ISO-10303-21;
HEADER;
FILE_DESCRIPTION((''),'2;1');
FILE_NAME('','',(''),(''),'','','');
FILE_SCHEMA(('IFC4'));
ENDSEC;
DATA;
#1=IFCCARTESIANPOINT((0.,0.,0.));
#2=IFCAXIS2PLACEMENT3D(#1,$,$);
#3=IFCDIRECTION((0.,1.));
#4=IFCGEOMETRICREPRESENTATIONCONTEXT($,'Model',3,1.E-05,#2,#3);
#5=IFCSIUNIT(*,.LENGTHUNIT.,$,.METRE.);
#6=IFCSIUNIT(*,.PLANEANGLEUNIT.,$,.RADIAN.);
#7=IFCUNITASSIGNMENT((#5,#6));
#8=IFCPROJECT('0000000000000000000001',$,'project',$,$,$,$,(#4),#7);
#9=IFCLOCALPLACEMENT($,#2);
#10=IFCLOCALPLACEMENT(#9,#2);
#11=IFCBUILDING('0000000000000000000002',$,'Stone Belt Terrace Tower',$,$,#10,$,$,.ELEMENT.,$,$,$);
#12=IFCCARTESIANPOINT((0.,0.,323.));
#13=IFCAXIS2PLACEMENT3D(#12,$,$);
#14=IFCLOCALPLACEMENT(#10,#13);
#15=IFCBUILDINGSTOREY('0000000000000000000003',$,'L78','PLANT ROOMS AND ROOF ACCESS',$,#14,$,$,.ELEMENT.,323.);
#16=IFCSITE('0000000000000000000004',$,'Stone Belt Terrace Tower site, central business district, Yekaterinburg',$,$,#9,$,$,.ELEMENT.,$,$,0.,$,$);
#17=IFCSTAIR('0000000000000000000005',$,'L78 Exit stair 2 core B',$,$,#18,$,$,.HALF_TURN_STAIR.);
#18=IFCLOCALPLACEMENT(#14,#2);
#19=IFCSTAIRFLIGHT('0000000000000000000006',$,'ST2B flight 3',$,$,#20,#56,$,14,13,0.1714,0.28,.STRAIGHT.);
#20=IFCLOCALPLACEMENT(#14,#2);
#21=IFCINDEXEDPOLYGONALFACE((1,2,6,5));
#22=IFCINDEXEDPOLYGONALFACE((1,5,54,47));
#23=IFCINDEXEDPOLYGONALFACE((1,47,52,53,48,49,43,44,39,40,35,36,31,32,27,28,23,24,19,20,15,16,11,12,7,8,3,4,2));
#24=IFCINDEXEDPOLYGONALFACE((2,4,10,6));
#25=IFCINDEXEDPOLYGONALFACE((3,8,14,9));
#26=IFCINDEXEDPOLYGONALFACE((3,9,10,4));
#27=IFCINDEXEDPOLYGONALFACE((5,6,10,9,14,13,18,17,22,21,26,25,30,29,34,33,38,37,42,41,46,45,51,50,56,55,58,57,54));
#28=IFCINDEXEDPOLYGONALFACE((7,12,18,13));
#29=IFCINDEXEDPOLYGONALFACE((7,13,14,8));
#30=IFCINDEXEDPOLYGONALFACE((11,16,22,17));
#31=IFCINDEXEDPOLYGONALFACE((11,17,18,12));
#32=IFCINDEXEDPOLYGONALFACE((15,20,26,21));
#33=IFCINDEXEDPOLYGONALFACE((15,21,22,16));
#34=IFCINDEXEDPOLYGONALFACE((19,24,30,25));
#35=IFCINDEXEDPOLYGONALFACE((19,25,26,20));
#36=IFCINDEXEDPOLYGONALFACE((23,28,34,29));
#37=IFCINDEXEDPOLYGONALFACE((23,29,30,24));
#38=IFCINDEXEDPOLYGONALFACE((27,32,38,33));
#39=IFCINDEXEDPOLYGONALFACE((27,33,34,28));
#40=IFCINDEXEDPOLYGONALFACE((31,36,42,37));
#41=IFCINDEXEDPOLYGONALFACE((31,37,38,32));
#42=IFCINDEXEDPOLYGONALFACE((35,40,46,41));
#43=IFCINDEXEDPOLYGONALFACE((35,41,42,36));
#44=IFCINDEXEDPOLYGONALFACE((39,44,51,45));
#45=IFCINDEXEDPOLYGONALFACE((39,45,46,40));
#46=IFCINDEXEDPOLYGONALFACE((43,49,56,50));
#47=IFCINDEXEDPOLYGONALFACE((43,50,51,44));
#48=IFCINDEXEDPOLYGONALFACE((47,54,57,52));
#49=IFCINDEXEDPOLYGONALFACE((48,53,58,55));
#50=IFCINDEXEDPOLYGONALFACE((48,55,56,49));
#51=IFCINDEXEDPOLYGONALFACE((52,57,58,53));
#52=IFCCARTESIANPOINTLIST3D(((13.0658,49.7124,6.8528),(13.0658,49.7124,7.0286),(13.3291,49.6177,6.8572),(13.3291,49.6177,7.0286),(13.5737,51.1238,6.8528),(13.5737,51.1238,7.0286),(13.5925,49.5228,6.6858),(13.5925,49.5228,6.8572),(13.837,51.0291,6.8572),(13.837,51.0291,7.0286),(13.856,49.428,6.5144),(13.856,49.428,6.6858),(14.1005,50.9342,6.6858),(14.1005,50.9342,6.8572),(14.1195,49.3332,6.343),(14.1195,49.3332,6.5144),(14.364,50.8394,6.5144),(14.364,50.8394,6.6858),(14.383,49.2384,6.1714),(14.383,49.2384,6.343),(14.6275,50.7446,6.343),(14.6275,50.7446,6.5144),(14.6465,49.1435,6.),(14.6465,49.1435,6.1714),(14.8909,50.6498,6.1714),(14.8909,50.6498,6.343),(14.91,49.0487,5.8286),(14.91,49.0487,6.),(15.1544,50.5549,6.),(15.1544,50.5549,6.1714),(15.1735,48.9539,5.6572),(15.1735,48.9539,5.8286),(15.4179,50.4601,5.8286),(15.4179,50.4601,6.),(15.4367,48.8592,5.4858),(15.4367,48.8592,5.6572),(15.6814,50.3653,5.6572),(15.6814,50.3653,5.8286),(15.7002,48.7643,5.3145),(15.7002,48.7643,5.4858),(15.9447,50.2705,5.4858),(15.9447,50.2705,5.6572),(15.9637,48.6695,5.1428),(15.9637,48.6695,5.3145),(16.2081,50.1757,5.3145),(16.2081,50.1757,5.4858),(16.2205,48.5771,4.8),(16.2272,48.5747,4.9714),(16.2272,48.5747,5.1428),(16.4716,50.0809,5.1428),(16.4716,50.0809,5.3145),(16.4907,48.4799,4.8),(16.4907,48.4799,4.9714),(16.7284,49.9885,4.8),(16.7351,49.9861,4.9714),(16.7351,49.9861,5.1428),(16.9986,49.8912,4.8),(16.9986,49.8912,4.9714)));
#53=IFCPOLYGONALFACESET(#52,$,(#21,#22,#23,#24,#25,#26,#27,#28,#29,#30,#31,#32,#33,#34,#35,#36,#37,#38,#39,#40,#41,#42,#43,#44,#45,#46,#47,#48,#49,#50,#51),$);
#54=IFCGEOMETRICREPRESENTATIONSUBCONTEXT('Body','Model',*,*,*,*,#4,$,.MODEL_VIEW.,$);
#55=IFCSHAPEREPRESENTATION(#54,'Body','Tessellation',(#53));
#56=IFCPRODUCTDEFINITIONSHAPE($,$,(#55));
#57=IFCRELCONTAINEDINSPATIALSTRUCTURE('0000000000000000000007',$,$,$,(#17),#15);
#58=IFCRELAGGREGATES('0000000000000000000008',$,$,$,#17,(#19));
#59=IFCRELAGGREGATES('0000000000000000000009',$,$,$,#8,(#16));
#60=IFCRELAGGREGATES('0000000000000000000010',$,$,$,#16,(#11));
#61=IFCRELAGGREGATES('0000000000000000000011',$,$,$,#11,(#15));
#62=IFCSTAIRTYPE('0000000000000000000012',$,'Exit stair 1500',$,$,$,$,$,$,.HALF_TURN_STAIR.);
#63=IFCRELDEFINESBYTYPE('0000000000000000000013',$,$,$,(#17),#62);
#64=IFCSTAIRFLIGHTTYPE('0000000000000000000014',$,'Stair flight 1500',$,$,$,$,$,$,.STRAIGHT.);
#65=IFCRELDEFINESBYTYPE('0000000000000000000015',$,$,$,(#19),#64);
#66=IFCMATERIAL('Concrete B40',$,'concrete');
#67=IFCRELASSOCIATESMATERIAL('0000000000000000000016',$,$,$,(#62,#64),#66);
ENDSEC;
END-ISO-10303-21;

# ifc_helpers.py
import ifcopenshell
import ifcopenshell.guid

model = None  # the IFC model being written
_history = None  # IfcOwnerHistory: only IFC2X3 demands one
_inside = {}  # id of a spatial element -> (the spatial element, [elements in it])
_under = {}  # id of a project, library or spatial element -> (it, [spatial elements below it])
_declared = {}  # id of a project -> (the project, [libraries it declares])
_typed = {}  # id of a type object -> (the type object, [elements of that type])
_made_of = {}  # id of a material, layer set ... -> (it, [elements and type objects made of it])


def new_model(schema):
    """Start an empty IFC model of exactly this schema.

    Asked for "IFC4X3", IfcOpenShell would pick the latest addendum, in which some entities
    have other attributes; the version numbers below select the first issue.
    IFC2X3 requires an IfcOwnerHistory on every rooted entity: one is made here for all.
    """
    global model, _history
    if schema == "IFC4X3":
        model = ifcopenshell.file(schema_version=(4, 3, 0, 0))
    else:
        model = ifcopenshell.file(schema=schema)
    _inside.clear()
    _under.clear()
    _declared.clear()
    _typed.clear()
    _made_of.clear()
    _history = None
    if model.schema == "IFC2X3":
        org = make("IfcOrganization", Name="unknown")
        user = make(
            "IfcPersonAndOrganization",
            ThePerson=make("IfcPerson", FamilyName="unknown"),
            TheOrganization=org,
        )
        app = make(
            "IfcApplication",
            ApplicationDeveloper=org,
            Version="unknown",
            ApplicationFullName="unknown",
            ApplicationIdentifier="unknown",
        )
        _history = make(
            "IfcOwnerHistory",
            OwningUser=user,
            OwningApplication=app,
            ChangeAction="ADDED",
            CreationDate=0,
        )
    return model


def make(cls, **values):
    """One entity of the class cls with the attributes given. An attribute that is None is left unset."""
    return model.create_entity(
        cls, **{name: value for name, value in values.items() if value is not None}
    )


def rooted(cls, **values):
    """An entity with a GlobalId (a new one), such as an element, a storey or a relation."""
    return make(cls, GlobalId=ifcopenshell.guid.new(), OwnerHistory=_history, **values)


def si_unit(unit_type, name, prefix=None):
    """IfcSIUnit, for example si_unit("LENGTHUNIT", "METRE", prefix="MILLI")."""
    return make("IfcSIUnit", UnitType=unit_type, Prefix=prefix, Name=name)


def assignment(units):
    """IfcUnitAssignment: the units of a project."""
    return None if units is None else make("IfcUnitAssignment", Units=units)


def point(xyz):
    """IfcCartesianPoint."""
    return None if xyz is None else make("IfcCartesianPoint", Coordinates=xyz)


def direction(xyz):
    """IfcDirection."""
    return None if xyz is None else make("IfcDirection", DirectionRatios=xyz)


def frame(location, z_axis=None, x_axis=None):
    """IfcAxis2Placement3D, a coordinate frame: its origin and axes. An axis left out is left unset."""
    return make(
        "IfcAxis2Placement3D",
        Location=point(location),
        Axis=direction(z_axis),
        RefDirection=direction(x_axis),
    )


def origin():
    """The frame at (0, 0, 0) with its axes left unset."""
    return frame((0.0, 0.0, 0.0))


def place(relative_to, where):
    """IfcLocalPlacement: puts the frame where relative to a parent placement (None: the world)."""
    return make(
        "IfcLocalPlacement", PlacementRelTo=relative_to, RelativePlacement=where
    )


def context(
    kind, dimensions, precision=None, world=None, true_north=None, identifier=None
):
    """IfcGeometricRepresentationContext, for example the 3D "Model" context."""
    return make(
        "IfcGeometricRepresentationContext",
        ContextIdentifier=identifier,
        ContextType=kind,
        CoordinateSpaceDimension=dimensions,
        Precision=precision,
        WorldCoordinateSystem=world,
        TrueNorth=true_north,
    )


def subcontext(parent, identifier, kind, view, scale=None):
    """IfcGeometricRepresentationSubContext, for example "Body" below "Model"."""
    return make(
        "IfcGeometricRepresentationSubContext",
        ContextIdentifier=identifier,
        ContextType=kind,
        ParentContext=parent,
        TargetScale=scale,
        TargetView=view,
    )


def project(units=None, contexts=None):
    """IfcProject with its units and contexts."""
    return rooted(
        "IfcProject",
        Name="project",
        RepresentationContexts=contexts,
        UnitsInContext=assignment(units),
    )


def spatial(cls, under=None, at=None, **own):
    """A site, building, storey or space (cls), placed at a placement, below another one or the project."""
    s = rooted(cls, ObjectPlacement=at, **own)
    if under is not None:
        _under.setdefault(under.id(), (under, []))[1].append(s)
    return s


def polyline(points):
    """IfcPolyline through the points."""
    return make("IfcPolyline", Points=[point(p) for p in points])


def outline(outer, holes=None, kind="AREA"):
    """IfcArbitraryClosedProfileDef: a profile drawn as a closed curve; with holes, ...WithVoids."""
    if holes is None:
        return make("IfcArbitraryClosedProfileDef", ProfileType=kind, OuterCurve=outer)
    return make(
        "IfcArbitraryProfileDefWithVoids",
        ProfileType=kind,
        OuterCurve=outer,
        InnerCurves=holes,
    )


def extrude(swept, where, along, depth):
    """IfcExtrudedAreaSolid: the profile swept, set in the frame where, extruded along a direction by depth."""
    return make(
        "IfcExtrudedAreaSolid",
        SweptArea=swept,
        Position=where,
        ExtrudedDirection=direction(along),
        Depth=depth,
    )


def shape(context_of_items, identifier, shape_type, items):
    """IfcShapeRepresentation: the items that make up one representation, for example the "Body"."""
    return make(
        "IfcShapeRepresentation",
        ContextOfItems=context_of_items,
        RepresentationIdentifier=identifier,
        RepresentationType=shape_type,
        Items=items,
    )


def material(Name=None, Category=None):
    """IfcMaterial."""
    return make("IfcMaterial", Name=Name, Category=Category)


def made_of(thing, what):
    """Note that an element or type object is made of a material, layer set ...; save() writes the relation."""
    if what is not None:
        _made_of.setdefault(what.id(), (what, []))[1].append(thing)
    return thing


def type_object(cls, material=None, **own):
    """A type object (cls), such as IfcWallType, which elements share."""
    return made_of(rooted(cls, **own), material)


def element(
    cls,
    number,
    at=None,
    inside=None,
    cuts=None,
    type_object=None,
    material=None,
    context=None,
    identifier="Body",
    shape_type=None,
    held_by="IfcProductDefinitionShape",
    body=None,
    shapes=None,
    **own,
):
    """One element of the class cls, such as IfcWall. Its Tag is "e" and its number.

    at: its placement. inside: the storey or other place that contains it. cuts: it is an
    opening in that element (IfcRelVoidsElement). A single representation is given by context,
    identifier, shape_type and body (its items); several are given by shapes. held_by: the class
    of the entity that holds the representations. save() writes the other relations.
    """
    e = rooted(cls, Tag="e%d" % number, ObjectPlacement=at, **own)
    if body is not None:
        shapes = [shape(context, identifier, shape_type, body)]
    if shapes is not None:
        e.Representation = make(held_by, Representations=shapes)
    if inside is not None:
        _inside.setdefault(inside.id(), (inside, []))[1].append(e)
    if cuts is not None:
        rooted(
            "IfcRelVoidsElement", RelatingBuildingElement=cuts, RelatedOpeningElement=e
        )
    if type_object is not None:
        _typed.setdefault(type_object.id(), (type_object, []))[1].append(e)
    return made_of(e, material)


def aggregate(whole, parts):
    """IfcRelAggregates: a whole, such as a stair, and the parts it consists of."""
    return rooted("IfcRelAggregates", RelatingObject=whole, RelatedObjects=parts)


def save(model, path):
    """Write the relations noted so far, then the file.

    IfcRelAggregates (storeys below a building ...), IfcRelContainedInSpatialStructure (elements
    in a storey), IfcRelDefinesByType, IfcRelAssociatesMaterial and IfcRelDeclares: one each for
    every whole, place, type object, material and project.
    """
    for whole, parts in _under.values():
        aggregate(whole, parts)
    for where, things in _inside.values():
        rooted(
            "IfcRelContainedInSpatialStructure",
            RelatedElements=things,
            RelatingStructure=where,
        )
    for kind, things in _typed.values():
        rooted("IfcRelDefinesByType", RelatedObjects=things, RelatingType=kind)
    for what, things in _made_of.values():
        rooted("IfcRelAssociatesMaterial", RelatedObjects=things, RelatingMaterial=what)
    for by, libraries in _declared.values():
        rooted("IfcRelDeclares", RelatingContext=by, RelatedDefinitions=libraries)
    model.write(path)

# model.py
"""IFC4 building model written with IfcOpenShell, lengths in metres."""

from ifc_helpers import new_model, si_unit, direction, frame, origin, place, context, subcontext, project, spatial, polyline, outline, extrude, material, type_object, element, aggregate, save


model = new_model("IFC4")

# Units and contexts
model_context = context("Model", 3, precision=1e-05, world=origin(), true_north=direction((0.0, 1.0)))
body_context = subcontext(model_context, "Body", "Model", "MODEL_VIEW")
ifc_project = project(units=[si_unit("LENGTHUNIT", "METRE"), si_unit("PLANEANGLEUNIT", "RADIAN")], contexts=[model_context])

# Site, building, storey
site_placement = place(None, origin())
site = spatial("IfcSite", under=ifc_project, at=site_placement, Name="Stone Belt Terrace Tower site, central business district, Yekaterinburg", CompositionType="ELEMENT", RefElevation=0.0)
building_placement = place(site_placement, origin())
building = spatial("IfcBuilding", under=site, at=building_placement, Name="Stone Belt Terrace Tower", CompositionType="ELEMENT")
storey_placement = place(building_placement, frame((0.0, 0.0, 323.0)))
storey = spatial("IfcBuildingStorey", under=building, at=storey_placement, Name="L78", Description="PLANT ROOMS AND ROOF ACCESS", CompositionType="ELEMENT", Elevation=323.0)

# Stair, stair flight
ifc_material_1 = material(Name="Concrete B40", Category="concrete")
stair_type = type_object("IfcStairType", Name="Exit stair 1500", PredefinedType="HALF_TURN_STAIR", material=ifc_material_1)
stair_placement = place(storey_placement, origin())
stair = element("IfcStair", 1, at=stair_placement, inside=storey, type_object=stair_type, Name="L78 Exit stair 2 core B", PredefinedType="HALF_TURN_STAIR")
stair_flight_type = type_object("IfcStairFlightType", Name="Stair flight 1500", PredefinedType="STRAIGHT", material=ifc_material_1)
stair_flight_1_placement = place(storey_placement, frame((16.7446, 49.1855, 4.8), z_axis=(0.0, 0.0, 1.0), x_axis=(-0.940922, 0.338624, 0.0)))
stair_flight_1 = element("IfcStairFlight", 2, at=stair_flight_1_placement, type_object=stair_flight_type, Name="ST2B flight 3", NumberOfRisers=14, NumberOfTreads=13, PredefinedType="STRAIGHT", RiserHeight=0.1714, TreadLength=0.28, context=body_context, shape_type="SweptSolid", body=[
    extrude(outline(polyline([(0.0, 0.0), (0.0, 0.1714), (0.28, 0.1714), (0.28, 0.3428), (0.5601, 0.3428), (0.5601, 0.5144), (0.8401, 0.5144), (0.8401, 0.6858), (1.1201, 0.6858), (1.1201, 0.8572), (1.3999, 0.8572), (1.3999, 1.0286), (1.6799, 1.0286), (1.6799, 1.2), (1.96, 1.2), (1.96, 1.3713), (2.24, 1.3713), (2.24, 1.543), (2.52, 1.543), (2.52, 1.7144), (2.8, 1.7144), (2.8, 1.8857), (3.0801, 1.8857), (3.0801, 2.0571), (3.3601, 2.0571), (3.3601, 2.2285), (3.6399, 2.2285), (3.6399, 2.3999), (3.6399, 2.0527), (0.2871, 0.0), (0.0, 0.0)])), frame((0.0, 0.75, 0.0), z_axis=(0.0, -1.0, 0.0), x_axis=(1.0, 0.0, 0.0)), (0.0, 0.0, 1.0), 1.5),
])
aggregate(stair, [stair_flight_1])

save(model, "model.ifc")
